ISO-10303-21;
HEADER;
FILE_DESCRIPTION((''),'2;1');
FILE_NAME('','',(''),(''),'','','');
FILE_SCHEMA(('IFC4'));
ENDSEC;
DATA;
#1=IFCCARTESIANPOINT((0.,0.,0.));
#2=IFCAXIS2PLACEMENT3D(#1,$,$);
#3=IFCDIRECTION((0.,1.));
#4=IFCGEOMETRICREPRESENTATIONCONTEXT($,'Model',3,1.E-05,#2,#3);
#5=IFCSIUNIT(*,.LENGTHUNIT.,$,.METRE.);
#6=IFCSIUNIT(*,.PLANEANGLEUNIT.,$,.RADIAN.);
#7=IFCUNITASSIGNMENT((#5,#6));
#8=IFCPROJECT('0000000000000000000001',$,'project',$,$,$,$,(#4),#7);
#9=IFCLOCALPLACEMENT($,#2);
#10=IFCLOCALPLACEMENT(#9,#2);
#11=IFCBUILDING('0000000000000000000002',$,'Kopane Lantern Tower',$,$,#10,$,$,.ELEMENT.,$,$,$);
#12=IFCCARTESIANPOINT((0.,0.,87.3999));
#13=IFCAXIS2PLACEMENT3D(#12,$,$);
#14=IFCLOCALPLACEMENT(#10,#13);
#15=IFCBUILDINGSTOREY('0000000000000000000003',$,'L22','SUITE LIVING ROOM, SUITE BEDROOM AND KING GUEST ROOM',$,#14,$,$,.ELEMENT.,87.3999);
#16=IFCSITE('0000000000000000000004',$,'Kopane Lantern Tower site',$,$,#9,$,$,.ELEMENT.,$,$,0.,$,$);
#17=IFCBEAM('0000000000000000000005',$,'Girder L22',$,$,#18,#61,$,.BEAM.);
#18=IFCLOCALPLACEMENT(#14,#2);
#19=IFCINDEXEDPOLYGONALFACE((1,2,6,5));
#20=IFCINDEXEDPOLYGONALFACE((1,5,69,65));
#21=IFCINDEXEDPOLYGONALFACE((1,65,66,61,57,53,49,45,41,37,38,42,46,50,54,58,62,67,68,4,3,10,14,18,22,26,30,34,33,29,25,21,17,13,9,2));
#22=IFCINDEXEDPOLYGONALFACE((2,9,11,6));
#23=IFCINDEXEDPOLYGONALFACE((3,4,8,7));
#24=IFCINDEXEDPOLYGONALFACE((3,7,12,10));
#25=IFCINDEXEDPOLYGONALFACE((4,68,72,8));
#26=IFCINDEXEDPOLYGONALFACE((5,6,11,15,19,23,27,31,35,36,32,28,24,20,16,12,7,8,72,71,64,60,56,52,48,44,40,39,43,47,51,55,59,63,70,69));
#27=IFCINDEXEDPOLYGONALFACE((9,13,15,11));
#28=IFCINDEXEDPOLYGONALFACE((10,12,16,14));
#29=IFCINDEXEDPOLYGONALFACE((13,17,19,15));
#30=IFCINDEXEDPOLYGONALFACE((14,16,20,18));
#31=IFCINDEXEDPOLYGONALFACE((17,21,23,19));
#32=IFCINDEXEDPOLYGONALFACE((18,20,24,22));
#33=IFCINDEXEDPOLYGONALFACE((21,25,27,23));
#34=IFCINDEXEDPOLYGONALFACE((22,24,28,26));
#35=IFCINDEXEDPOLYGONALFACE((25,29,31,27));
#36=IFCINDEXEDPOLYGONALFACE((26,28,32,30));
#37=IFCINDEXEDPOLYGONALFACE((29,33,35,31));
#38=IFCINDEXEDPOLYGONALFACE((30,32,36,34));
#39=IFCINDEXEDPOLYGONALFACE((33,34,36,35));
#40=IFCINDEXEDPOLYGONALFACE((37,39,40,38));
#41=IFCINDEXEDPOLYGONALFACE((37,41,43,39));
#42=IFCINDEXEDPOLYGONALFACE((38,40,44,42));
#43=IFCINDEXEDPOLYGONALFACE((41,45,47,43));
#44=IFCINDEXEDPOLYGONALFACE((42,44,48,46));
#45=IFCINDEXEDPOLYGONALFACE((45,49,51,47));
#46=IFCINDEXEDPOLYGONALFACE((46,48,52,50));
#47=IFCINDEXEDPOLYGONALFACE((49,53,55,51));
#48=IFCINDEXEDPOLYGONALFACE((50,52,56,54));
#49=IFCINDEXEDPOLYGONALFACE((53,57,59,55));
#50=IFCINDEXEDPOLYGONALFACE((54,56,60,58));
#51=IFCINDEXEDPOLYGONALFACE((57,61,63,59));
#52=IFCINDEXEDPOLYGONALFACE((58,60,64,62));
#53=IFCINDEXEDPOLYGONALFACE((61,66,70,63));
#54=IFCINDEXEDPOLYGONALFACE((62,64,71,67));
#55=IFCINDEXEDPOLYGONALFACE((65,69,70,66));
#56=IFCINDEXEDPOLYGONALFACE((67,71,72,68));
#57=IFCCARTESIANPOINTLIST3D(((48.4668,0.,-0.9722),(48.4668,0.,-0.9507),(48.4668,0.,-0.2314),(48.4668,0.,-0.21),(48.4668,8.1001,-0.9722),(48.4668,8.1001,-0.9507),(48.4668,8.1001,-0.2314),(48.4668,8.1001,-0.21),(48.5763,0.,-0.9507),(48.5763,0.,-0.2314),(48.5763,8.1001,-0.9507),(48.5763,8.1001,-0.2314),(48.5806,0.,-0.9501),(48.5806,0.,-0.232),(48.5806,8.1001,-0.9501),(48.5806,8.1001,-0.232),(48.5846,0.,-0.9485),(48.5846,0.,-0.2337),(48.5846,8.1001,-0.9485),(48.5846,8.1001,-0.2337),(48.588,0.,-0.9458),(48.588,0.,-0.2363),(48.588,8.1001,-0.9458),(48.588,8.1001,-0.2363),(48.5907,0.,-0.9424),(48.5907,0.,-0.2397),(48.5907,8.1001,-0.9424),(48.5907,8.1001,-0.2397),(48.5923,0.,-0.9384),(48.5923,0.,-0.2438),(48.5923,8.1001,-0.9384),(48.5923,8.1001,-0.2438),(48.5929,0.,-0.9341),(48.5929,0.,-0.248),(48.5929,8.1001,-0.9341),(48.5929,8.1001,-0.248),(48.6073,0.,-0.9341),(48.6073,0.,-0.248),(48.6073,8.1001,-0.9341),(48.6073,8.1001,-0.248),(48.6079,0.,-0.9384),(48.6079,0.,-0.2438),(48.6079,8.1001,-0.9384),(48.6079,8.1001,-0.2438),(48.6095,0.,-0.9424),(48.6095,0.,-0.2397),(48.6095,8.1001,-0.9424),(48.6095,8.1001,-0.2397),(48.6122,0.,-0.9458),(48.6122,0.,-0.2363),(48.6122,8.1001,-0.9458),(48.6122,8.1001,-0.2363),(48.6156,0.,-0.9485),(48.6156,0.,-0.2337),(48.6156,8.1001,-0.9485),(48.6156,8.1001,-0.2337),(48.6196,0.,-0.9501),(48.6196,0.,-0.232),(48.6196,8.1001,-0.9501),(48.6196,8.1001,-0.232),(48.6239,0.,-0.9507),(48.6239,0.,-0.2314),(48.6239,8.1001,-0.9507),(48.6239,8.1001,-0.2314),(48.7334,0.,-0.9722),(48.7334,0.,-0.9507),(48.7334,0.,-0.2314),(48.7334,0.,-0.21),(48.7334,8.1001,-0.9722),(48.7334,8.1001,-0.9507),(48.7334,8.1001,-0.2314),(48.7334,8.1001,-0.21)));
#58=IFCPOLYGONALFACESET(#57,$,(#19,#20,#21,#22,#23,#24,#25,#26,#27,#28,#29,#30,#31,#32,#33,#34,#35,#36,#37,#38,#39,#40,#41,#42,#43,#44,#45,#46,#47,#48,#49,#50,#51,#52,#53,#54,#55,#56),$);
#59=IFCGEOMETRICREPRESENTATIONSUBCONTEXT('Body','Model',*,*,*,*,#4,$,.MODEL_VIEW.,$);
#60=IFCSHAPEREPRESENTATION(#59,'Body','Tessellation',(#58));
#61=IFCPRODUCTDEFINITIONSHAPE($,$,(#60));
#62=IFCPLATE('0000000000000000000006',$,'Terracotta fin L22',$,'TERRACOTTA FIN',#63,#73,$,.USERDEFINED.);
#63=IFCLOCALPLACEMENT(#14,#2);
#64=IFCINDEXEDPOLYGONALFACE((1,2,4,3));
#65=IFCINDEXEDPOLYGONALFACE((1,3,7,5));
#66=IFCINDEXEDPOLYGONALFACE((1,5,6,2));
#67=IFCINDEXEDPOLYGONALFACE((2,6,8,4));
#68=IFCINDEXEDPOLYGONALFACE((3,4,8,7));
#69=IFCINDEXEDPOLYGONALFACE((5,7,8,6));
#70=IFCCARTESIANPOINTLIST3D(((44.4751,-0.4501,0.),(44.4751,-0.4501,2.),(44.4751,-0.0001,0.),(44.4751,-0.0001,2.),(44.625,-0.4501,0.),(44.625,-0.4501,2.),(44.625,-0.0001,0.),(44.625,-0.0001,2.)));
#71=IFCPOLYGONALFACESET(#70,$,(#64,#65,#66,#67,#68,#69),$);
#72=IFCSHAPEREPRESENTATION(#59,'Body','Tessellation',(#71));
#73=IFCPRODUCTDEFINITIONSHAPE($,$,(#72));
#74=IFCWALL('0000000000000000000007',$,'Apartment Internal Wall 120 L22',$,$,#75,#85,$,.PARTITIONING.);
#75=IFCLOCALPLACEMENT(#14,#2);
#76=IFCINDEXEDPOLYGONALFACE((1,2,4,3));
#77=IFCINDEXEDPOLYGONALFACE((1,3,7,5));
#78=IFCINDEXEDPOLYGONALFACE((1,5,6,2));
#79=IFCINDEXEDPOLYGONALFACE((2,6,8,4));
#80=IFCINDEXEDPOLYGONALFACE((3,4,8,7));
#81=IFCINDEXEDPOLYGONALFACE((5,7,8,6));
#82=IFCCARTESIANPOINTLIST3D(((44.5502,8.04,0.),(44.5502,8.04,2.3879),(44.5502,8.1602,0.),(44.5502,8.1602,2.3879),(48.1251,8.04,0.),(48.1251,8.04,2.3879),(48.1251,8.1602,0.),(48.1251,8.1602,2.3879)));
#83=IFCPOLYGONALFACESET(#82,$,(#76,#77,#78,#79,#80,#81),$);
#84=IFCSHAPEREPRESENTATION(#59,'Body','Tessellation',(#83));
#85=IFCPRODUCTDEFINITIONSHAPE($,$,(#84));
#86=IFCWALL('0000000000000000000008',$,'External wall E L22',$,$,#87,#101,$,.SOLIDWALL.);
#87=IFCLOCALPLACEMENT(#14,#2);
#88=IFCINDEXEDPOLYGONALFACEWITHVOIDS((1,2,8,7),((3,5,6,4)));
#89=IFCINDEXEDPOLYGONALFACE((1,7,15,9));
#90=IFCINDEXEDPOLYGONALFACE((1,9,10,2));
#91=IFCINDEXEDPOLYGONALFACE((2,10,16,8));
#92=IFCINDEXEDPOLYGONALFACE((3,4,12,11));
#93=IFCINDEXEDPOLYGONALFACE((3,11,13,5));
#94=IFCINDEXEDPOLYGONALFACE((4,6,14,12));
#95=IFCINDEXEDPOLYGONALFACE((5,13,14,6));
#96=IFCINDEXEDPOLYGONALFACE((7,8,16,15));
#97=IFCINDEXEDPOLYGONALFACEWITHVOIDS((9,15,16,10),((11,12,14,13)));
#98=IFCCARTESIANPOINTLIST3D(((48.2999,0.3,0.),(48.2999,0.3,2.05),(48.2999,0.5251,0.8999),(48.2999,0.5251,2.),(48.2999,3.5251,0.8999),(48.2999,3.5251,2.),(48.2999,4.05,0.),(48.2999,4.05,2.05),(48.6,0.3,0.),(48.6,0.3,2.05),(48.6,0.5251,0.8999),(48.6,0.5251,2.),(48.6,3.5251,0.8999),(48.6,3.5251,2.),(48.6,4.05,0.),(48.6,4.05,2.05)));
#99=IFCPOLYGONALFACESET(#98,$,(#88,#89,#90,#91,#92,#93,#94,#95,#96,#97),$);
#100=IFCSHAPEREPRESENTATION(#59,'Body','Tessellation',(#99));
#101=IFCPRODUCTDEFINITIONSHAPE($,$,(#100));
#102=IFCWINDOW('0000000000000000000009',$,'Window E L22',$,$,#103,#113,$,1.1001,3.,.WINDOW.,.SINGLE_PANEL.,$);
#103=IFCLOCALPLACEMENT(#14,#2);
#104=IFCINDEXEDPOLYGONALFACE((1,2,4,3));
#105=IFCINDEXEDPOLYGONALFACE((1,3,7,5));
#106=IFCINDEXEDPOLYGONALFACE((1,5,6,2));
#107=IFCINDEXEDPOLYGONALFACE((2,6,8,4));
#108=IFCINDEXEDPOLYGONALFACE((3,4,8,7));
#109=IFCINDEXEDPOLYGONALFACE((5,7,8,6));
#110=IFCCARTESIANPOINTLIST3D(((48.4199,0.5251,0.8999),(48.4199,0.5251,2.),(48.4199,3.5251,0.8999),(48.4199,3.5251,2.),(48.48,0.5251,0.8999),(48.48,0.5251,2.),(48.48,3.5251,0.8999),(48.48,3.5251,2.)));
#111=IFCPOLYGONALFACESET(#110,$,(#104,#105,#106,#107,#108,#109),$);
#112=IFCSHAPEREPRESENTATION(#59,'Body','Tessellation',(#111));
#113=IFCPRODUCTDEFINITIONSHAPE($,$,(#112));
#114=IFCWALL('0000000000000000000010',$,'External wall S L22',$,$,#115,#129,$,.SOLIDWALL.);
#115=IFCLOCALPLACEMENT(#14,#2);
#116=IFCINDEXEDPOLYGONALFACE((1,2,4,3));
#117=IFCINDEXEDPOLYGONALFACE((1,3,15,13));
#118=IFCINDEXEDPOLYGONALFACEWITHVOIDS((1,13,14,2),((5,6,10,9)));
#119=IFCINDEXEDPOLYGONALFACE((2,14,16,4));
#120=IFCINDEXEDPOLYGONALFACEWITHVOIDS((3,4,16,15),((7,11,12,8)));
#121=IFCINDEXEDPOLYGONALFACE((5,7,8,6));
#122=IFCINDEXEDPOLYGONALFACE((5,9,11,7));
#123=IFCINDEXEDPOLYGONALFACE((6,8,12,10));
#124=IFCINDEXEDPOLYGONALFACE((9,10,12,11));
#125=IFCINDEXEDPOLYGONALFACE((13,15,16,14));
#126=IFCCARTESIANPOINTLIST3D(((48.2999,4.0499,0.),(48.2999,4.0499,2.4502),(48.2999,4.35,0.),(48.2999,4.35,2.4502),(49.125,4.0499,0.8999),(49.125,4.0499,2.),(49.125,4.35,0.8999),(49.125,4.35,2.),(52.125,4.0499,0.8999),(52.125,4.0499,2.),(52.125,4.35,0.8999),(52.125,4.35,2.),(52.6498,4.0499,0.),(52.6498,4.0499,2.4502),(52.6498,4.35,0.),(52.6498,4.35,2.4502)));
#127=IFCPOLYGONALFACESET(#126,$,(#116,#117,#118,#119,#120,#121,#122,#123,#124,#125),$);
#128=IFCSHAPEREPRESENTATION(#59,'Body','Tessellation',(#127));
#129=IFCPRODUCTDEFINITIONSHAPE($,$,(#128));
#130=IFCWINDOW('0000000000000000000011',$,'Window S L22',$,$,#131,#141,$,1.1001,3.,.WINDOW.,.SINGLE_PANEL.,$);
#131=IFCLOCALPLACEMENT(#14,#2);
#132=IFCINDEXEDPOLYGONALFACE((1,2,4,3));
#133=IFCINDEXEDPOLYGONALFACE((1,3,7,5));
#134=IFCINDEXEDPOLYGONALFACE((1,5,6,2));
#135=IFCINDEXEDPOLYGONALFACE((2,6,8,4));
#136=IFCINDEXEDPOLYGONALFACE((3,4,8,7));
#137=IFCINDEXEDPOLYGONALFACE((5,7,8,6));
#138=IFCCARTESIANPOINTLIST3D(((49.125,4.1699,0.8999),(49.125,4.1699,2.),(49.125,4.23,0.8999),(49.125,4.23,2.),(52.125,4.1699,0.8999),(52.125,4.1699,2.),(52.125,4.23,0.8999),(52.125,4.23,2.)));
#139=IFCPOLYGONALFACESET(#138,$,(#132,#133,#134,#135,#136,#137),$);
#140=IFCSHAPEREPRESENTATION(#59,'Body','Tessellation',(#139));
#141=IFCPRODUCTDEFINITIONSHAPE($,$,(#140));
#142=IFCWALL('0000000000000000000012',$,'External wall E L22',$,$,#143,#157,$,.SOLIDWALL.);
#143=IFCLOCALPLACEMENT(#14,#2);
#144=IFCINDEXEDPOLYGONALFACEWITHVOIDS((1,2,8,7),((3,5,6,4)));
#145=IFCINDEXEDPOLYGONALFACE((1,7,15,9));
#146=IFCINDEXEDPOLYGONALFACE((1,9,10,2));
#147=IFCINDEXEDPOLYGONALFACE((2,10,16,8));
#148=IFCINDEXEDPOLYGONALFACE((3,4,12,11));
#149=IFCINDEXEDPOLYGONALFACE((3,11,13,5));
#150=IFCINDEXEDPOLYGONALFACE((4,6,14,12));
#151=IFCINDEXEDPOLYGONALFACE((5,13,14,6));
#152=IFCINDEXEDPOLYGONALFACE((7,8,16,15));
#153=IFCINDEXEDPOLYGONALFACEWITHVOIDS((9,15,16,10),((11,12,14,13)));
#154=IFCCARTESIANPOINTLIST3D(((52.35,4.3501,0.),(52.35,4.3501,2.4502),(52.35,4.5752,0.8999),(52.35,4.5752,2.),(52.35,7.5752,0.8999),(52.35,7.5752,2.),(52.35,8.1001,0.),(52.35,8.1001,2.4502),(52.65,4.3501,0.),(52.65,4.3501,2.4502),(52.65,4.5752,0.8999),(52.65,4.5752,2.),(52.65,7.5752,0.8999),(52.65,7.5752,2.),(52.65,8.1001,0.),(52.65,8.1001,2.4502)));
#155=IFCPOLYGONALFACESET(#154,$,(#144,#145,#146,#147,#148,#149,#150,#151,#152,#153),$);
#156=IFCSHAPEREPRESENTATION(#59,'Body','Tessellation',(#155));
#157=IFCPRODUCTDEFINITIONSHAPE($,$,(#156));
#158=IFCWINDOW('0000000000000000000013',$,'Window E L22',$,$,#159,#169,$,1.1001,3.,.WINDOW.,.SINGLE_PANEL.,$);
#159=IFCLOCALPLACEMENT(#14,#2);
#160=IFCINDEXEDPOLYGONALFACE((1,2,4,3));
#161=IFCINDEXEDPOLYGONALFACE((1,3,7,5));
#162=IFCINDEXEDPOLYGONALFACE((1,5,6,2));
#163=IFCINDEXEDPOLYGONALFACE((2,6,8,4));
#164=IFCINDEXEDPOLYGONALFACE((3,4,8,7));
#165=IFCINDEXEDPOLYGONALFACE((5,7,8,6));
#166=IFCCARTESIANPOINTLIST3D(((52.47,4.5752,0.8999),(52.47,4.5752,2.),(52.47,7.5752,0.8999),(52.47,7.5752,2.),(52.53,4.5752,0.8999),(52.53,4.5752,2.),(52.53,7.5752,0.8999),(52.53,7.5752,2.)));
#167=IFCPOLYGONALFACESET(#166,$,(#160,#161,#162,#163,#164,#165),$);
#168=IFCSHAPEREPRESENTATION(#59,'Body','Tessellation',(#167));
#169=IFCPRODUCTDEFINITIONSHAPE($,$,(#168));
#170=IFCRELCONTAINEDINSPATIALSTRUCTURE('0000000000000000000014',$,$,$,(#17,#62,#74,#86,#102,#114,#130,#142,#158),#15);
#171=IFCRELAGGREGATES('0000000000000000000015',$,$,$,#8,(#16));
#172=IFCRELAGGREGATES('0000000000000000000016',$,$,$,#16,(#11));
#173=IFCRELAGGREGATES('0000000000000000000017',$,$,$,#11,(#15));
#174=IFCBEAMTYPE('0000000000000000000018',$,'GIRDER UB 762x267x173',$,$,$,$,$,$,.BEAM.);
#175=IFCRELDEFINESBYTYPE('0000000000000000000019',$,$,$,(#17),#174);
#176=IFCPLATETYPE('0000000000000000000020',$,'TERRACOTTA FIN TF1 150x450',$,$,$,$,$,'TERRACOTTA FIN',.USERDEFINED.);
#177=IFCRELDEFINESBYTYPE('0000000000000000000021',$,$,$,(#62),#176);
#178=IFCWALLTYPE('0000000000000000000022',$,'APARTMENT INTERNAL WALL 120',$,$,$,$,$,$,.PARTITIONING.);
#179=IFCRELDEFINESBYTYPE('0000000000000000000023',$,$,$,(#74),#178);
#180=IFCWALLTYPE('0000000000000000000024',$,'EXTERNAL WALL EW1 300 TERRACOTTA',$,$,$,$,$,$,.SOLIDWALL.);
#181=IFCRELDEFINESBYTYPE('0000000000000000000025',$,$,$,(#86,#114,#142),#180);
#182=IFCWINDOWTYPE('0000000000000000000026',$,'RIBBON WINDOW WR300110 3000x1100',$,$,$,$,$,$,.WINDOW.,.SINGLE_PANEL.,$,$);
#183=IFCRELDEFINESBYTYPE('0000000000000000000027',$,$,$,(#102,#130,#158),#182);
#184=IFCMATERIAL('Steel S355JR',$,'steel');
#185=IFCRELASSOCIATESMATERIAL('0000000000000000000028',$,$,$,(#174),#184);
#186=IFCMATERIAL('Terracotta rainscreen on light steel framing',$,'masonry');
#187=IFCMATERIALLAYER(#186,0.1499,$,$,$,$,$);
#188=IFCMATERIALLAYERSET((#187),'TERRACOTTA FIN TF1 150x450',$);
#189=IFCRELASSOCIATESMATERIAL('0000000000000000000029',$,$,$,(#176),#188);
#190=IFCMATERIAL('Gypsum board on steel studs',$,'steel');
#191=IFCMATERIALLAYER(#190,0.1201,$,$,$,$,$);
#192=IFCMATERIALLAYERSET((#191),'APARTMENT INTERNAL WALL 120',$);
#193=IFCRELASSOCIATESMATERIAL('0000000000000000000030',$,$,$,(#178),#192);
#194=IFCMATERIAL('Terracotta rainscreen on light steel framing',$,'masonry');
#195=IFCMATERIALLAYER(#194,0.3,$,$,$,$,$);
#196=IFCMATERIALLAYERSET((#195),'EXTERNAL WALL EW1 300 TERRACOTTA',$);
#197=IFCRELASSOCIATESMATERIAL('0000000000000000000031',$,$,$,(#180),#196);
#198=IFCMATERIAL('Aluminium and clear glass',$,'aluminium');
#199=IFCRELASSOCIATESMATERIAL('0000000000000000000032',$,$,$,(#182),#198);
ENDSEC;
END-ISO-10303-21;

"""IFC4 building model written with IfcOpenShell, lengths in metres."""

from ifc_helpers import new_model, si_unit, direction, frame, frame_2d, origin, origin_2d, place, context, subcontext, project, spatial, rectangle, i_section, extrude, material, layer, layer_set, material_profile, profile_set, type_object, element, fill, save


model = new_model("IFC4")

# Units and contexts
model_context = context("Model", 3, precision=1e-05, world=origin(), true_north=direction((0.0, 1.0)))
body_context = subcontext(model_context, "Body", "Model", "MODEL_VIEW")
ifc_project = project(units=[si_unit("LENGTHUNIT", "METRE"), si_unit("PLANEANGLEUNIT", "RADIAN")], contexts=[model_context])

# Site, building, storey
site_placement = place(None, origin())
site = spatial("IfcSite", under=ifc_project, at=site_placement, Name="Kopane Lantern Tower site", CompositionType="ELEMENT", RefElevation=0.0)
building_placement = place(site_placement, origin())
building = spatial("IfcBuilding", under=site, at=building_placement, Name="Kopane Lantern Tower", CompositionType="ELEMENT")
storey_placement = place(building_placement, frame((0.0, 0.0, 87.3999)))
storey = spatial("IfcBuildingStorey", under=building, at=storey_placement, Name="L22", Description="SUITE LIVING ROOM, SUITE BEDROOM AND KING GUEST ROOM", CompositionType="ELEMENT", Elevation=87.3999)

# Beam
ifc_material_1 = material(Name="Steel S355JR", Category="steel")
ifc_material_profile_1 = material_profile(ifc_material_1, i_section(OverallWidth=0.2666, OverallDepth=0.7622, WebThickness=0.0144, FlangeThickness=0.0215, FilletRadius=0.0166, at=origin_2d()), Name="UB 762x267x173")
ifc_profile_set_1 = profile_set([ifc_material_profile_1], Name="Steel S355JR")
beam_type_1 = type_object("IfcBeamType", Name="GIRDER UB 762x267x173", PredefinedType="BEAM", material=ifc_profile_set_1)
beam_1_placement = place(storey_placement, frame((48.6001, 0.0, -0.5911), z_axis=(0.0, 1.0, 0.0), x_axis=(-1.0, 0.0, 0.0)))
element("IfcBeam", 1, at=beam_1_placement, inside=storey, type_object=beam_type_1, Name="Girder L22", PredefinedType="BEAM", context=body_context, shape_type="SweptSolid", body=[
    extrude(i_section(OverallWidth=0.2666, OverallDepth=0.7622, WebThickness=0.0144, FlangeThickness=0.0215, FilletRadius=0.0166, at=origin_2d()), origin(), (0.0, 0.0, 1.0), 8.1001),
])

# Plate
ifc_material_2 = material(Name="Terracotta rainscreen on light steel framing", Category="masonry")
ifc_layer_1 = layer(ifc_material_2, 0.1499)
ifc_layer_set_1 = layer_set([ifc_layer_1], Name="TERRACOTTA FIN TF1 150x450")
plate_type = type_object("IfcPlateType", Name="TERRACOTTA FIN TF1 150x450", ElementType="TERRACOTTA FIN", PredefinedType="USERDEFINED", material=ifc_layer_set_1)
plate_placement = place(storey_placement, frame((44.55, -0.2251, 0.0), z_axis=(0.0, 0.0, 1.0), x_axis=(1.0, 0.0, 0.0)))
element("IfcPlate", 2, at=plate_placement, inside=storey, type_object=plate_type, Name="Terracotta fin L22", ObjectType="TERRACOTTA FIN", PredefinedType="USERDEFINED", context=body_context, shape_type="SweptSolid", body=[
    extrude(rectangle(XDim=0.1499, YDim=0.45, at=origin_2d()), origin(), (0.0, 0.0, 1.0), 2.0),
])

# Wall
ifc_material_3 = material(Name="Gypsum board on steel studs", Category="steel")
ifc_layer_2 = layer(ifc_material_3, 0.1201)
ifc_layer_set_2 = layer_set([ifc_layer_2], Name="APARTMENT INTERNAL WALL 120")
wall_type_1 = type_object("IfcWallType", Name="APARTMENT INTERNAL WALL 120", PredefinedType="PARTITIONING", material=ifc_layer_set_2)
wall_1_placement = place(storey_placement, frame((44.55, 8.1001, 0.0), z_axis=(0.0, 0.0, 1.0), x_axis=(1.0, 0.0, 0.0)))
element("IfcWall", 3, at=wall_1_placement, inside=storey, type_object=wall_type_1, Name="Apartment Internal Wall 120 L22", PredefinedType="PARTITIONING", context=body_context, shape_type="SweptSolid", body=[
    extrude(rectangle(XDim=3.575, YDim=0.1201, at=frame_2d((1.7876, 0.0))), origin(), (0.0, 0.0, 1.0), 2.3879),
])

# Walls, openings, windows
ifc_material_4 = material(Name="Terracotta rainscreen on light steel framing", Category="masonry")
ifc_layer_3 = layer(ifc_material_4, 0.3)
ifc_layer_set_3 = layer_set([ifc_layer_3], Name="EXTERNAL WALL EW1 300 TERRACOTTA")
wall_type_2 = type_object("IfcWallType", Name="EXTERNAL WALL EW1 300 TERRACOTTA", PredefinedType="SOLIDWALL", material=ifc_layer_set_3)
wall_2_placement = place(storey_placement, frame((48.45, 0.3, 0.0), z_axis=(0.0, 0.0, 1.0), x_axis=(0.0, 1.0, 0.0)))
wall_2 = element("IfcWall", 4, at=wall_2_placement, inside=storey, type_object=wall_type_2, Name="External wall E L22", PredefinedType="SOLIDWALL", context=body_context, shape_type="SweptSolid", body=[
    extrude(rectangle(XDim=3.75, YDim=0.3, at=frame_2d((1.875, 0.0))), origin(), (0.0, 0.0, 1.0), 2.05),
])
opening_1_placement = place(wall_2_placement, frame((0.2251, 0.0, 0.8999)))
opening_1 = element("IfcOpeningElement", 5, at=opening_1_placement, cuts=wall_2, PredefinedType="OPENING", context=body_context, shape_type="SweptSolid", body=[
    extrude(rectangle(XDim=3.0, YDim=1.1001, at=frame_2d((1.5, 0.55))), frame((0.0, 0.1599, 0.0), z_axis=(0.0, -1.0, 0.0), x_axis=(1.0, 0.0, 0.0)), (0.0, 0.0, 1.0), 0.3201),
])
ifc_material_5 = material(Name="Aluminium and clear glass", Category="aluminium")
window_type = type_object("IfcWindowType", Name="RIBBON WINDOW WR300110 3000x1100", PartitioningType="SINGLE_PANEL", PredefinedType="WINDOW", material=ifc_material_5)
window_1_placement = place(opening_1_placement, origin())
window_1 = element("IfcWindow", 6, at=window_1_placement, inside=storey, type_object=window_type, Name="Window E L22", OverallHeight=1.1001, OverallWidth=3.0, PartitioningType="SINGLE_PANEL", PredefinedType="WINDOW", context=body_context, shape_type="SweptSolid", body=[
    extrude(rectangle(XDim=3.0, YDim=1.1001, at=frame_2d((1.5, 0.55))), frame((0.0, 0.03, 0.0), z_axis=(0.0, -1.0, 0.0), x_axis=(1.0, 0.0, 0.0)), (0.0, 0.0, 1.0), 0.0601),
])
fill(opening_1, window_1)
wall_3_placement = place(storey_placement, frame((48.3, 4.2, 0.0), z_axis=(0.0, 0.0, 1.0), x_axis=(1.0, 0.0, 0.0)))
wall_3 = element("IfcWall", 7, at=wall_3_placement, inside=storey, type_object=wall_type_2, Name="External wall S L22", PredefinedType="SOLIDWALL", context=body_context, shape_type="SweptSolid", body=[
    extrude(rectangle(XDim=4.3499, YDim=0.3, at=frame_2d((2.1748, 0.0))), origin(), (0.0, 0.0, 1.0), 2.4502),
])
opening_2_placement = place(wall_3_placement, frame((0.825, 0.0, 0.8999)))
opening_2 = element("IfcOpeningElement", 8, at=opening_2_placement, cuts=wall_3, PredefinedType="OPENING", context=body_context, shape_type="SweptSolid", body=[
    extrude(rectangle(XDim=3.0, YDim=1.1001, at=frame_2d((1.5, 0.55))), frame((0.0, 0.1599, 0.0), z_axis=(0.0, -1.0, 0.0), x_axis=(1.0, 0.0, 0.0)), (0.0, 0.0, 1.0), 0.3201),
])
window_2_placement = place(opening_2_placement, origin())
window_2 = element("IfcWindow", 9, at=window_2_placement, inside=storey, type_object=window_type, Name="Window S L22", OverallHeight=1.1001, OverallWidth=3.0, PartitioningType="SINGLE_PANEL", PredefinedType="WINDOW", context=body_context, shape_type="SweptSolid", body=[
    extrude(rectangle(XDim=3.0, YDim=1.1001, at=frame_2d((1.5, 0.55))), frame((0.0, 0.03, 0.0), z_axis=(0.0, -1.0, 0.0), x_axis=(1.0, 0.0, 0.0)), (0.0, 0.0, 1.0), 0.0601),
])
fill(opening_2, window_2)
wall_4_placement = place(storey_placement, frame((52.5, 4.3501, 0.0), z_axis=(0.0, 0.0, 1.0), x_axis=(0.0, 1.0, 0.0)))
wall_4 = element("IfcWall", 10, at=wall_4_placement, inside=storey, type_object=wall_type_2, Name="External wall E L22", PredefinedType="SOLIDWALL", context=body_context, shape_type="SweptSolid", body=[
    extrude(rectangle(XDim=3.75, YDim=0.3, at=frame_2d((1.875, 0.0))), origin(), (0.0, 0.0, 1.0), 2.4502),
])
opening_3_placement = place(wall_4_placement, frame((0.2251, 0.0, 0.8999)))
opening_3 = element("IfcOpeningElement", 11, at=opening_3_placement, cuts=wall_4, PredefinedType="OPENING", context=body_context, shape_type="SweptSolid", body=[
    extrude(rectangle(XDim=3.0, YDim=1.1001, at=frame_2d((1.5, 0.55))), frame((0.0, 0.1599, 0.0), z_axis=(0.0, -1.0, 0.0), x_axis=(1.0, 0.0, 0.0)), (0.0, 0.0, 1.0), 0.3201),
])
window_3_placement = place(opening_3_placement, origin())
window_3 = element("IfcWindow", 12, at=window_3_placement, inside=storey, type_object=window_type, Name="Window E L22", OverallHeight=1.1001, OverallWidth=3.0, PartitioningType="SINGLE_PANEL", PredefinedType="WINDOW", context=body_context, shape_type="SweptSolid", body=[
    extrude(rectangle(XDim=3.0, YDim=1.1001, at=frame_2d((1.5, 0.55))), frame((0.0, 0.03, 0.0), z_axis=(0.0, -1.0, 0.0), x_axis=(1.0, 0.0, 0.0)), (0.0, 0.0, 1.0), 0.0601),
])
fill(opening_3, window_3)

save(model, "model.ifc")
